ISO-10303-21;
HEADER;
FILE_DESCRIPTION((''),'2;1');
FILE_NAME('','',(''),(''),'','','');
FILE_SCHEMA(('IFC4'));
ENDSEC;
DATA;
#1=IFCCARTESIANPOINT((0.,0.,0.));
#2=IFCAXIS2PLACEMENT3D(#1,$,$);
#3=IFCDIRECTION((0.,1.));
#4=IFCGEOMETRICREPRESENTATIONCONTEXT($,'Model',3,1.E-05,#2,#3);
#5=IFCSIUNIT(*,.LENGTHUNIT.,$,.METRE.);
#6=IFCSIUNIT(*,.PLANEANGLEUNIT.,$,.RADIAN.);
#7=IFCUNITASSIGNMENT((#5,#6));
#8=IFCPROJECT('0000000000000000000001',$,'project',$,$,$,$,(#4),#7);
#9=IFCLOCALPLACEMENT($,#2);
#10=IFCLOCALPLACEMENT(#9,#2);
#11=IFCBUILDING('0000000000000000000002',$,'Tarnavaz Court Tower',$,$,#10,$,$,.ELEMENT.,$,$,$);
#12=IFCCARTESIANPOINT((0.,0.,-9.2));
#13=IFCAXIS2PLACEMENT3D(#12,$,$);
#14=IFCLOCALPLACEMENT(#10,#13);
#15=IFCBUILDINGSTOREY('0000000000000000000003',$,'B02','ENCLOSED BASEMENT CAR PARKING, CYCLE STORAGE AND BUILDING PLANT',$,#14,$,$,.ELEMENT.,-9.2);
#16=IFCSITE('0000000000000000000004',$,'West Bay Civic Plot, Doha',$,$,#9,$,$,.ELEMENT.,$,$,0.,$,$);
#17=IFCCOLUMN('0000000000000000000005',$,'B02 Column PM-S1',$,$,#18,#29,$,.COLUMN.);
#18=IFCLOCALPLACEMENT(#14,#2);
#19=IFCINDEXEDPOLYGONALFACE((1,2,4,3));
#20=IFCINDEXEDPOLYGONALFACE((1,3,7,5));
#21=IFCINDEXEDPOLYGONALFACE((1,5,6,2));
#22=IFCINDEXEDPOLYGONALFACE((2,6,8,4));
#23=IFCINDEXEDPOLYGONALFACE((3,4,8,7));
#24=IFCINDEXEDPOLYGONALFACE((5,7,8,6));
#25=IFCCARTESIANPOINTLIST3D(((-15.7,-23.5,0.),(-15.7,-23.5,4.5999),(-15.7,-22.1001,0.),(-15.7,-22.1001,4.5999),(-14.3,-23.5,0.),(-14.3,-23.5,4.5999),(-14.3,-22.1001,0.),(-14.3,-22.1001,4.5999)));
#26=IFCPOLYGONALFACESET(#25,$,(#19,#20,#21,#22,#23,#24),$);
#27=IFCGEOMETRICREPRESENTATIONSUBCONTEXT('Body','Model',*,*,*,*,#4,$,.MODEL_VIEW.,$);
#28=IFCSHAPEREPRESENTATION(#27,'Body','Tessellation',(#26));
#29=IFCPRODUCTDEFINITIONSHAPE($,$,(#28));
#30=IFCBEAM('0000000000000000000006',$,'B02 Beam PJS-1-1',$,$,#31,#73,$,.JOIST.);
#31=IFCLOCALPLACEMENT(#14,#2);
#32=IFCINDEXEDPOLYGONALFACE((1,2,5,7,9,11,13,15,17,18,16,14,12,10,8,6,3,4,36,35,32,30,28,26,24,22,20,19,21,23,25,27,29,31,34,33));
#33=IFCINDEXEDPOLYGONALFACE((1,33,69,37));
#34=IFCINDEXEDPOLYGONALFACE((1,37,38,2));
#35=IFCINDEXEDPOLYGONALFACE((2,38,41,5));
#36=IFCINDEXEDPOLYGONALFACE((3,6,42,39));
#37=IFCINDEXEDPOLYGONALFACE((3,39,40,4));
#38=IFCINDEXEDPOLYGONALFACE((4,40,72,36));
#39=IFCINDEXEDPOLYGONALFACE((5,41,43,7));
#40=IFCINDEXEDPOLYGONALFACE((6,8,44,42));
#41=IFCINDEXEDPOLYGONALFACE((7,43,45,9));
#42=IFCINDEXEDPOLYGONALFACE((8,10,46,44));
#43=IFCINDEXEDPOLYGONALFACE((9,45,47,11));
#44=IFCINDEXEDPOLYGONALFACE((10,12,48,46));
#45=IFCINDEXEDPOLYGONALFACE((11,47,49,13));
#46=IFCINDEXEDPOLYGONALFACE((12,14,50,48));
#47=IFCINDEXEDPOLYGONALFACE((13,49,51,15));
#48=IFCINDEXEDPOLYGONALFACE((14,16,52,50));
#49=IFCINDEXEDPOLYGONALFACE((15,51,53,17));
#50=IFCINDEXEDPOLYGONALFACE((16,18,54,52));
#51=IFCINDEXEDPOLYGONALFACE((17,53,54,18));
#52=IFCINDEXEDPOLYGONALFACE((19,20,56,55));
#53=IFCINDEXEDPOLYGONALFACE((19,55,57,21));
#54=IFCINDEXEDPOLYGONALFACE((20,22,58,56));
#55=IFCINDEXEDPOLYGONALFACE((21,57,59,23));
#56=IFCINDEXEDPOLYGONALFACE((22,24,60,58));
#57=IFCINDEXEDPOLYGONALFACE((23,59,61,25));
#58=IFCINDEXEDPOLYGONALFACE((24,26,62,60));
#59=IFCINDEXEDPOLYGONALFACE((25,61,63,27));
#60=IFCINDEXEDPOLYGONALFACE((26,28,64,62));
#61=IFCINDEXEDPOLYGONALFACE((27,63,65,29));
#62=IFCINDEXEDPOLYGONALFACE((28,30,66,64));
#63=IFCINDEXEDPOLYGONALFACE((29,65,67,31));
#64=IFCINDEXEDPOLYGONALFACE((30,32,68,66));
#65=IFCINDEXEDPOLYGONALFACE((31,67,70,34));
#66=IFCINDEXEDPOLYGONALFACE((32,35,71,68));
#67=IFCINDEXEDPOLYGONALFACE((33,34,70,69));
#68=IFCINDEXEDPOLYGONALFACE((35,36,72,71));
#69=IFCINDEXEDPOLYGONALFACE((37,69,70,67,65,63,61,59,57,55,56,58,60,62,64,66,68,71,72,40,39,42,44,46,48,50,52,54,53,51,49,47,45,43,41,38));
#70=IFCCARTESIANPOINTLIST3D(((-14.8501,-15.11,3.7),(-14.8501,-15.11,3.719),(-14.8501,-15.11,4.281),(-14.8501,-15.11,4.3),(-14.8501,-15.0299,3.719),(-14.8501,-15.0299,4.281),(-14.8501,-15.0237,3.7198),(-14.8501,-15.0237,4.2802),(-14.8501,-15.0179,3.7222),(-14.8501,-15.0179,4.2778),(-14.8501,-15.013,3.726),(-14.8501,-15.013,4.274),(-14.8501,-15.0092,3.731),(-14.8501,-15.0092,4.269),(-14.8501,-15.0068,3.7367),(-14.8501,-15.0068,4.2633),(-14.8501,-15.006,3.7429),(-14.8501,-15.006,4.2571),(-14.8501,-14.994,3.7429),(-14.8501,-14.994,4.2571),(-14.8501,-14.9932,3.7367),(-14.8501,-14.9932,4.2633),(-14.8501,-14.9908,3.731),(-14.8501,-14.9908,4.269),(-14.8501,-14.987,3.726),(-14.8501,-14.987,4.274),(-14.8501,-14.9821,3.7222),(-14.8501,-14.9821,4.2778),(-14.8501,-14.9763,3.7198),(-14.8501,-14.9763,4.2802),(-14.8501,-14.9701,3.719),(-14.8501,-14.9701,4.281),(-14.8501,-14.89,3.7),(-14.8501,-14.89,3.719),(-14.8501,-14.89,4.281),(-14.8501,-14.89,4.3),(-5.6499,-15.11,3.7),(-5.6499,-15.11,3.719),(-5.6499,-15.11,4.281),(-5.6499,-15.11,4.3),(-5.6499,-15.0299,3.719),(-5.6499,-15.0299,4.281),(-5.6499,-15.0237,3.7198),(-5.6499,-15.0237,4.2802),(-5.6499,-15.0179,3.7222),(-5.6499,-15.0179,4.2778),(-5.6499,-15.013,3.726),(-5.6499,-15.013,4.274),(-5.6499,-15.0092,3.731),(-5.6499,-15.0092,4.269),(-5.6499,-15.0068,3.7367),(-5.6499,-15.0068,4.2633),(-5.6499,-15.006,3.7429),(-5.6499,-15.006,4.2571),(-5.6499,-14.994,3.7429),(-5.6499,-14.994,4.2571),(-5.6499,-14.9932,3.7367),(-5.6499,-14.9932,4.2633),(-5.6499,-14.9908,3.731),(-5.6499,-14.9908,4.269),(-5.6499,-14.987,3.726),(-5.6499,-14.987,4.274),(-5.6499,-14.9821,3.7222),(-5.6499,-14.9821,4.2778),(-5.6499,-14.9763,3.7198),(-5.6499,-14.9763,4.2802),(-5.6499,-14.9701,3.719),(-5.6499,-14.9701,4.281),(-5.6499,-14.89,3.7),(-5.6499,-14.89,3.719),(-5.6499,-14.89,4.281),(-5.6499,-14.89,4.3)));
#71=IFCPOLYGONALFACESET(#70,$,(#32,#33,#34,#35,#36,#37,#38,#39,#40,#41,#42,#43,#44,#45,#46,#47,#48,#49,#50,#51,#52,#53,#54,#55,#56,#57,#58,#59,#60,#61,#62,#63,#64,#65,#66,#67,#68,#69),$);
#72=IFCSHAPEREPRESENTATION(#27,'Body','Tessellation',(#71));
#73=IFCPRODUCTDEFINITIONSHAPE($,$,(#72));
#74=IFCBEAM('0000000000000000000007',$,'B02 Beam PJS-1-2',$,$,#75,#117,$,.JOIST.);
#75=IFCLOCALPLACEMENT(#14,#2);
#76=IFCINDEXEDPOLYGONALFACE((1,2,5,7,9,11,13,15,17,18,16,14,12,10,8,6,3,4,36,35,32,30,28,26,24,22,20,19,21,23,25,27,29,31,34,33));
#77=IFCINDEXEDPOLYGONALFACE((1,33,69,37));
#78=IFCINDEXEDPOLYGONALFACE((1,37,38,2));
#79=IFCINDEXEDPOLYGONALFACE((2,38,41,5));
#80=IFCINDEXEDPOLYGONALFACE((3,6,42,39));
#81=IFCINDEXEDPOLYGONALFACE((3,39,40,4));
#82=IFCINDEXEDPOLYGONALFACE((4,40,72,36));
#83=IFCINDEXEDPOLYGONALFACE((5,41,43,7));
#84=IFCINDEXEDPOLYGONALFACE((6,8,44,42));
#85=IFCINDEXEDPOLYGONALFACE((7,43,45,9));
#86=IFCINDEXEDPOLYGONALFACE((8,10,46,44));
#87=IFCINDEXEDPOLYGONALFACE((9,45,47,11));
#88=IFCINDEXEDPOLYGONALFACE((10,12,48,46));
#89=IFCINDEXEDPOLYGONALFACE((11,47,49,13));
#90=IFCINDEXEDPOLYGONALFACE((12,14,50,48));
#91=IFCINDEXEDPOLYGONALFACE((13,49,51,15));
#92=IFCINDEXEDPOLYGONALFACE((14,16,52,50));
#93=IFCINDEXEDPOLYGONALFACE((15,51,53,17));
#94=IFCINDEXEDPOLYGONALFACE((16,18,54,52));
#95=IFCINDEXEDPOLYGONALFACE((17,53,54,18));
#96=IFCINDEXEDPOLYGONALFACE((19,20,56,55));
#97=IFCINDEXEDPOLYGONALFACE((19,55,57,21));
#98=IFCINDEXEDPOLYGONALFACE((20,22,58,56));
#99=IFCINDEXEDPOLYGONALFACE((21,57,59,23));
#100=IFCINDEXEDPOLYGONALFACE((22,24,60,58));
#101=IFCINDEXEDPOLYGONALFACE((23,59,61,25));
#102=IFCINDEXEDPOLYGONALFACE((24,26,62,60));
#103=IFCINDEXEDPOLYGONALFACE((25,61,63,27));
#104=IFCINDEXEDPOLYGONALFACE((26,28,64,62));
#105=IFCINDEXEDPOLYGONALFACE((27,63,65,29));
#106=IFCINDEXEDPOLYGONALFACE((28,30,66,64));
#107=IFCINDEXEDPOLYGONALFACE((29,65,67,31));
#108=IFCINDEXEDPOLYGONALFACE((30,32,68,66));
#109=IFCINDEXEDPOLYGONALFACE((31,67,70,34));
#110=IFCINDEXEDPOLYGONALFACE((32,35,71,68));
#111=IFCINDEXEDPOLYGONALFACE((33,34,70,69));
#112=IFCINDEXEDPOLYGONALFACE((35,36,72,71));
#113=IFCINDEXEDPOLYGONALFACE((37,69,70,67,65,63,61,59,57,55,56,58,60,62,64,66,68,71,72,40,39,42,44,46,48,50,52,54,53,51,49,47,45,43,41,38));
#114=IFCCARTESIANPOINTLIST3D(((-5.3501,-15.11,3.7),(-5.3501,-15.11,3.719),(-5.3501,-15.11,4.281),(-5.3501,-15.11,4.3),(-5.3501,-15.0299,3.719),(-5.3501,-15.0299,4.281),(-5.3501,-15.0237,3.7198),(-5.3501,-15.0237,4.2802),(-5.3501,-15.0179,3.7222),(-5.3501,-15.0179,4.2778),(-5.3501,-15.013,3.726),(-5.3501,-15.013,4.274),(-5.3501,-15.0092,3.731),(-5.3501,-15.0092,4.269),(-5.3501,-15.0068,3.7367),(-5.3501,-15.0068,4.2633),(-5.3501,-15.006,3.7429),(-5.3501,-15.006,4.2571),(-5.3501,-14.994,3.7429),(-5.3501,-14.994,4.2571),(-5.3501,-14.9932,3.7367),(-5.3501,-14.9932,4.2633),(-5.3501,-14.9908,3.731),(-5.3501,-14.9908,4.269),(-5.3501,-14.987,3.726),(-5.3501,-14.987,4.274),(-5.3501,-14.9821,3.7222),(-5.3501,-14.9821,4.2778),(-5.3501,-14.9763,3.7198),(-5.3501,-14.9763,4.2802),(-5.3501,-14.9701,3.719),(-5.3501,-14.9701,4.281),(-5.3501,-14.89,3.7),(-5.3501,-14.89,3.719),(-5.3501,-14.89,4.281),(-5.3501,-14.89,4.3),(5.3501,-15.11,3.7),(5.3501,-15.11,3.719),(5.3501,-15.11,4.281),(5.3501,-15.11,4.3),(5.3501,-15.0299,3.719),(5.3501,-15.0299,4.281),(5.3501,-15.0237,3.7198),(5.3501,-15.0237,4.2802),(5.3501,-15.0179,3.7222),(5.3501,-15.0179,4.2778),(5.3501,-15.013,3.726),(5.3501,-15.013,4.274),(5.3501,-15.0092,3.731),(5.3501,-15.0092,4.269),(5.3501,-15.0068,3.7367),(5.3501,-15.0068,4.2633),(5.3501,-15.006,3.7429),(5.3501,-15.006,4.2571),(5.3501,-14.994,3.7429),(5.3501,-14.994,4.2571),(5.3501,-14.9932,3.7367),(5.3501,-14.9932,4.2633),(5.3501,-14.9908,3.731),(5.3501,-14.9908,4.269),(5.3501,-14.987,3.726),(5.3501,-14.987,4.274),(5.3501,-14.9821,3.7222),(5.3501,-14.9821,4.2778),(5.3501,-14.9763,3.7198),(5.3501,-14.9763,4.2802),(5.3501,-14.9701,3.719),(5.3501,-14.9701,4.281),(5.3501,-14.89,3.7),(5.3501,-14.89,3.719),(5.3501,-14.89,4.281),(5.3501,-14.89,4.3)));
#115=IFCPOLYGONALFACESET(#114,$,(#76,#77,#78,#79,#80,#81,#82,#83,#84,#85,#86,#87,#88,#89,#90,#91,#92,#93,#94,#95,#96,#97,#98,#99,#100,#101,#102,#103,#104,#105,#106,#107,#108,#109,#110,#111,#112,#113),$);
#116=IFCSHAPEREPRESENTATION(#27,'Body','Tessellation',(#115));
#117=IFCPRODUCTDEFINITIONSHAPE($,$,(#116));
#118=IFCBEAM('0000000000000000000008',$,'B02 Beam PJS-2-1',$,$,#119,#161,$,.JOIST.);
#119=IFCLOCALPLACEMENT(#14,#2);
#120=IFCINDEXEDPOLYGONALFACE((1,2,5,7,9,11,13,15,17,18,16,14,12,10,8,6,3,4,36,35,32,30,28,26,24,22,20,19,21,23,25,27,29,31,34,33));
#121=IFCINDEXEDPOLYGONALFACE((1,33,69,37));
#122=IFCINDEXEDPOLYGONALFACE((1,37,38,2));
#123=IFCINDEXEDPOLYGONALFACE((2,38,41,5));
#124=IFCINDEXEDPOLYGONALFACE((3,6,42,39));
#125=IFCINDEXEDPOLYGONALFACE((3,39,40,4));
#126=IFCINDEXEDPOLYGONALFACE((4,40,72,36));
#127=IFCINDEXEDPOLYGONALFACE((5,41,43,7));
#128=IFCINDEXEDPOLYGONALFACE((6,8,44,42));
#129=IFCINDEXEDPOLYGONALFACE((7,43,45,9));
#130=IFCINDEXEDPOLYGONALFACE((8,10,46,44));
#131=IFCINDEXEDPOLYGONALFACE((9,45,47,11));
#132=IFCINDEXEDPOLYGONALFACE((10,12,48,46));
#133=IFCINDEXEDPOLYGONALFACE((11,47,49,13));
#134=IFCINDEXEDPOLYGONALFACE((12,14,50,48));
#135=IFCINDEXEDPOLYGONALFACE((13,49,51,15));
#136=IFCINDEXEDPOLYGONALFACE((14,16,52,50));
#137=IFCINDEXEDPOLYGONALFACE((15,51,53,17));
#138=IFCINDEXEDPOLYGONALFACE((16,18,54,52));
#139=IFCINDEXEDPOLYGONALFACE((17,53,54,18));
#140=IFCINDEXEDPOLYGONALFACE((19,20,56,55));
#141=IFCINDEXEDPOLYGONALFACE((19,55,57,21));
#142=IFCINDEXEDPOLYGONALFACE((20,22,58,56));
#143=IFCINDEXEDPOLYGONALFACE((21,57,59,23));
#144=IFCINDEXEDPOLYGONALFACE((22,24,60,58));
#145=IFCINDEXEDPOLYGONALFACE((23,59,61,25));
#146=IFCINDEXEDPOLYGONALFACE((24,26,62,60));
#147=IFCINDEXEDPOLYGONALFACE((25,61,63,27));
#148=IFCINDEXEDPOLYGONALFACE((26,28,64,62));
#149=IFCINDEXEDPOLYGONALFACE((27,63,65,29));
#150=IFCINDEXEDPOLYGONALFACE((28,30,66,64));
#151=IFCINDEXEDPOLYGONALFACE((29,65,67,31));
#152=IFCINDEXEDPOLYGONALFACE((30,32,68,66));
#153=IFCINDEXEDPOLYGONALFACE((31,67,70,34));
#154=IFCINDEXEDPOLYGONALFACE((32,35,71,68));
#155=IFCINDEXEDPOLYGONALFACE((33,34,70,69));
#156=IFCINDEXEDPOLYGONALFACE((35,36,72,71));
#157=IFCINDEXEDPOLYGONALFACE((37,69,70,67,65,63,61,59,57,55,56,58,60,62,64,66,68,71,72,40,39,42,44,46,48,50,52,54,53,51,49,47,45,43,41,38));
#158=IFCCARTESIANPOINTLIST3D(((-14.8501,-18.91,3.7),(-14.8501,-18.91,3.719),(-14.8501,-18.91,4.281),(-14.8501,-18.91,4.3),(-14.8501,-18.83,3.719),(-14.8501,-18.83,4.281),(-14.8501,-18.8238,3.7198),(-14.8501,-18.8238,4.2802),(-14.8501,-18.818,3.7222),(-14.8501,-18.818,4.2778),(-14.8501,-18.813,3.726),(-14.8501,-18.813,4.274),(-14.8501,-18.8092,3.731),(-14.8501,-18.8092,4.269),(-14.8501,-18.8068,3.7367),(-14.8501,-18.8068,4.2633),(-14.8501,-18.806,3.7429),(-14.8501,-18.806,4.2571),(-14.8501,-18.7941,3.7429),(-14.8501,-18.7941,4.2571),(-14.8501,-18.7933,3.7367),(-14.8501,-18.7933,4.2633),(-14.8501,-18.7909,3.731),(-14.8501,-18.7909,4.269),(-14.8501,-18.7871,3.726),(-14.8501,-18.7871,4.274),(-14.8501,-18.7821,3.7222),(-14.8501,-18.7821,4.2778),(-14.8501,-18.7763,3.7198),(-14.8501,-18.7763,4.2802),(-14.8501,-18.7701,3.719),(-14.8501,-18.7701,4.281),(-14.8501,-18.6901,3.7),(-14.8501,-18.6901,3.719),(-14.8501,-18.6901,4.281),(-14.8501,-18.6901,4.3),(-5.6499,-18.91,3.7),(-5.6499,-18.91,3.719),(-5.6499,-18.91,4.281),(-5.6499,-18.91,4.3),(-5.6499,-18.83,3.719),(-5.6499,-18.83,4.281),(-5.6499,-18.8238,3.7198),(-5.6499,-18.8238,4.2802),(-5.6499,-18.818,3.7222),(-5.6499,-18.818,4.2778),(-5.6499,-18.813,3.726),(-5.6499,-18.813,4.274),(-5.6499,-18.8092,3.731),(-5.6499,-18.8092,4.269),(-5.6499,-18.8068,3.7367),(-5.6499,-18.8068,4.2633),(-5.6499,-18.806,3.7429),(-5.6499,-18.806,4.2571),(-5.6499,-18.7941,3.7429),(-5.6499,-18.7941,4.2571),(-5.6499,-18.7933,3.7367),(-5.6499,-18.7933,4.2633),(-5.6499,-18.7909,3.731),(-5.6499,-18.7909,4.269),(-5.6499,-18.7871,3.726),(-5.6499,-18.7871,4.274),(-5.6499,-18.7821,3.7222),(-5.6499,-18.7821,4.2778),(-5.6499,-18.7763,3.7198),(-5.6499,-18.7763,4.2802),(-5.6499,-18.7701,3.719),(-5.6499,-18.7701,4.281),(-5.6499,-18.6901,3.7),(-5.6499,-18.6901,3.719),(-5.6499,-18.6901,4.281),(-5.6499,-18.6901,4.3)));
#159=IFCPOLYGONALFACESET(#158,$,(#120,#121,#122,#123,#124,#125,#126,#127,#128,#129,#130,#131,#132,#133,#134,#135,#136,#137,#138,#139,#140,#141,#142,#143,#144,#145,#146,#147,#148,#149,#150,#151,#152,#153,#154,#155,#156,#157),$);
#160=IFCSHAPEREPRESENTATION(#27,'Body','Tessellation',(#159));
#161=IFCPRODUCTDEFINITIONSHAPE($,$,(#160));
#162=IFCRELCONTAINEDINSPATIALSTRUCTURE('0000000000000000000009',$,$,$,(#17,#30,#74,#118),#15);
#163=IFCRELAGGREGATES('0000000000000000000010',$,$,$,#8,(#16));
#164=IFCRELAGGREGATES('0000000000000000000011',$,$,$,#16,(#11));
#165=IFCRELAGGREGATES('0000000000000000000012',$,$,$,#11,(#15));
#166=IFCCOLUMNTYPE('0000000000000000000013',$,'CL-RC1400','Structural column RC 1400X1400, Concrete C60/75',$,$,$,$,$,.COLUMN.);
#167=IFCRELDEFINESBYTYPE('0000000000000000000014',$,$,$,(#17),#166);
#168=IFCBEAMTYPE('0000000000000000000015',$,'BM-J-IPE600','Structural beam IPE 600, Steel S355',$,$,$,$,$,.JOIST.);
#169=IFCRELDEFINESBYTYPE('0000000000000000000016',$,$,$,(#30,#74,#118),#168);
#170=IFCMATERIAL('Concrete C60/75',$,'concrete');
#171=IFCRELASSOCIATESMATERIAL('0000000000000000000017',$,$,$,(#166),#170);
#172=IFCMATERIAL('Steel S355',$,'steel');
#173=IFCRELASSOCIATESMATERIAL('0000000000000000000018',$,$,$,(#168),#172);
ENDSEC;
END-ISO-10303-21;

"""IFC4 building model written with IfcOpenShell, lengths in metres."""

from ifc_helpers import new_model, si_unit, direction, frame, origin, origin_2d, place, context, subcontext, project, spatial, rectangle, i_section, extrude, material, material_profile, profile_set, type_object, element, save


model = new_model("IFC4")

# Units and contexts
model_context = context("Model", 3, precision=1e-05, world=origin(), true_north=direction((0.0, 1.0)))
body_context = subcontext(model_context, "Body", "Model", "MODEL_VIEW")
ifc_project = project(units=[si_unit("LENGTHUNIT", "METRE"), si_unit("PLANEANGLEUNIT", "RADIAN")], contexts=[model_context])

# Site, building, storey
site_placement = place(None, origin())
site = spatial("IfcSite", under=ifc_project, at=site_placement, Name="West Bay Civic Plot, Doha", CompositionType="ELEMENT", RefElevation=0.0)
building_placement = place(site_placement, origin())
building = spatial("IfcBuilding", under=site, at=building_placement, Name="Tarnavaz Court Tower", CompositionType="ELEMENT")
storey_placement = place(building_placement, frame((0.0, 0.0, -9.2)))
storey = spatial("IfcBuildingStorey", under=building, at=storey_placement, Name="B02", Description="ENCLOSED BASEMENT CAR PARKING, CYCLE STORAGE AND BUILDING PLANT", CompositionType="ELEMENT", Elevation=-9.2)

# Column
ifc_material_1 = material(Name="Concrete C60/75", Category="concrete")
ifc_material_profile_1 = material_profile(ifc_material_1, rectangle(XDim=1.3999, YDim=1.3999, at=origin_2d()), Name="RC 1400X1400")
ifc_profile_set_1 = profile_set([ifc_material_profile_1], Name="Concrete C60/75")
column_type = type_object("IfcColumnType", Name="CL-RC1400", Description="Structural column RC 1400X1400, Concrete C60/75", PredefinedType="COLUMN", material=ifc_profile_set_1)
column_placement = place(storey_placement, frame((-15.0, -22.8, 0.0), z_axis=(0.0, 0.0, 1.0), x_axis=(1.0, 0.0, 0.0)))
element("IfcColumn", 1, at=column_placement, inside=storey, type_object=column_type, Name="B02 Column PM-S1", PredefinedType="COLUMN", context=body_context, shape_type="SweptSolid", body=[
    extrude(rectangle(XDim=1.3999, YDim=1.3999, at=origin_2d()), origin(), (0.0, 0.0, 1.0), 4.5999),
])

# Beams
ifc_material_2 = material(Name="Steel S355", Category="steel")
ifc_material_profile_2 = material_profile(ifc_material_2, i_section(OverallWidth=0.22, OverallDepth=0.6001, WebThickness=0.012, FlangeThickness=0.019, FilletRadius=0.0239, at=origin_2d()), Name="IPE 600")
ifc_profile_set_2 = profile_set([ifc_material_profile_2], Name="Steel S355")
beam_type_1 = type_object("IfcBeamType", Name="BM-J-IPE600", Description="Structural beam IPE 600, Steel S355", PredefinedType="JOIST", material=ifc_profile_set_2)
beam_1_placement = place(storey_placement, frame((-14.8501, -15.0, 4.0), z_axis=(1.0, 0.0, 0.0), x_axis=(0.0, 1.0, 0.0)))
element("IfcBeam", 2, at=beam_1_placement, inside=storey, type_object=beam_type_1, Name="B02 Beam PJS-1-1", PredefinedType="JOIST", context=body_context, shape_type="SweptSolid", body=[
    extrude(i_section(OverallWidth=0.22, OverallDepth=0.6001, WebThickness=0.012, FlangeThickness=0.019, FilletRadius=0.0239, at=origin_2d()), origin(), (0.0, 0.0, 1.0), 9.2002),
])
beam_2_placement = place(storey_placement, frame((-5.3501, -15.0, 4.0), z_axis=(1.0, 0.0, 0.0), x_axis=(0.0, 1.0, 0.0)))
element("IfcBeam", 3, at=beam_2_placement, inside=storey, type_object=beam_type_1, Name="B02 Beam PJS-1-2", PredefinedType="JOIST", context=body_context, shape_type="SweptSolid", body=[
    extrude(i_section(OverallWidth=0.22, OverallDepth=0.6001, WebThickness=0.012, FlangeThickness=0.019, FilletRadius=0.0239, at=origin_2d()), origin(), (0.0, 0.0, 1.0), 10.7002),
])
beam_3_placement = place(storey_placement, frame((-14.8501, -18.8, 4.0), z_axis=(1.0, 0.0, 0.0), x_axis=(0.0, 1.0, 0.0)))
element("IfcBeam", 4, at=beam_3_placement, inside=storey, type_object=beam_type_1, Name="B02 Beam PJS-2-1", PredefinedType="JOIST", context=body_context, shape_type="SweptSolid", body=[
    extrude(i_section(OverallWidth=0.22, OverallDepth=0.6001, WebThickness=0.012, FlangeThickness=0.019, FilletRadius=0.0239, at=origin_2d()), origin(), (0.0, 0.0, 1.0), 9.2002),
])

save(model, "model.ifc")
